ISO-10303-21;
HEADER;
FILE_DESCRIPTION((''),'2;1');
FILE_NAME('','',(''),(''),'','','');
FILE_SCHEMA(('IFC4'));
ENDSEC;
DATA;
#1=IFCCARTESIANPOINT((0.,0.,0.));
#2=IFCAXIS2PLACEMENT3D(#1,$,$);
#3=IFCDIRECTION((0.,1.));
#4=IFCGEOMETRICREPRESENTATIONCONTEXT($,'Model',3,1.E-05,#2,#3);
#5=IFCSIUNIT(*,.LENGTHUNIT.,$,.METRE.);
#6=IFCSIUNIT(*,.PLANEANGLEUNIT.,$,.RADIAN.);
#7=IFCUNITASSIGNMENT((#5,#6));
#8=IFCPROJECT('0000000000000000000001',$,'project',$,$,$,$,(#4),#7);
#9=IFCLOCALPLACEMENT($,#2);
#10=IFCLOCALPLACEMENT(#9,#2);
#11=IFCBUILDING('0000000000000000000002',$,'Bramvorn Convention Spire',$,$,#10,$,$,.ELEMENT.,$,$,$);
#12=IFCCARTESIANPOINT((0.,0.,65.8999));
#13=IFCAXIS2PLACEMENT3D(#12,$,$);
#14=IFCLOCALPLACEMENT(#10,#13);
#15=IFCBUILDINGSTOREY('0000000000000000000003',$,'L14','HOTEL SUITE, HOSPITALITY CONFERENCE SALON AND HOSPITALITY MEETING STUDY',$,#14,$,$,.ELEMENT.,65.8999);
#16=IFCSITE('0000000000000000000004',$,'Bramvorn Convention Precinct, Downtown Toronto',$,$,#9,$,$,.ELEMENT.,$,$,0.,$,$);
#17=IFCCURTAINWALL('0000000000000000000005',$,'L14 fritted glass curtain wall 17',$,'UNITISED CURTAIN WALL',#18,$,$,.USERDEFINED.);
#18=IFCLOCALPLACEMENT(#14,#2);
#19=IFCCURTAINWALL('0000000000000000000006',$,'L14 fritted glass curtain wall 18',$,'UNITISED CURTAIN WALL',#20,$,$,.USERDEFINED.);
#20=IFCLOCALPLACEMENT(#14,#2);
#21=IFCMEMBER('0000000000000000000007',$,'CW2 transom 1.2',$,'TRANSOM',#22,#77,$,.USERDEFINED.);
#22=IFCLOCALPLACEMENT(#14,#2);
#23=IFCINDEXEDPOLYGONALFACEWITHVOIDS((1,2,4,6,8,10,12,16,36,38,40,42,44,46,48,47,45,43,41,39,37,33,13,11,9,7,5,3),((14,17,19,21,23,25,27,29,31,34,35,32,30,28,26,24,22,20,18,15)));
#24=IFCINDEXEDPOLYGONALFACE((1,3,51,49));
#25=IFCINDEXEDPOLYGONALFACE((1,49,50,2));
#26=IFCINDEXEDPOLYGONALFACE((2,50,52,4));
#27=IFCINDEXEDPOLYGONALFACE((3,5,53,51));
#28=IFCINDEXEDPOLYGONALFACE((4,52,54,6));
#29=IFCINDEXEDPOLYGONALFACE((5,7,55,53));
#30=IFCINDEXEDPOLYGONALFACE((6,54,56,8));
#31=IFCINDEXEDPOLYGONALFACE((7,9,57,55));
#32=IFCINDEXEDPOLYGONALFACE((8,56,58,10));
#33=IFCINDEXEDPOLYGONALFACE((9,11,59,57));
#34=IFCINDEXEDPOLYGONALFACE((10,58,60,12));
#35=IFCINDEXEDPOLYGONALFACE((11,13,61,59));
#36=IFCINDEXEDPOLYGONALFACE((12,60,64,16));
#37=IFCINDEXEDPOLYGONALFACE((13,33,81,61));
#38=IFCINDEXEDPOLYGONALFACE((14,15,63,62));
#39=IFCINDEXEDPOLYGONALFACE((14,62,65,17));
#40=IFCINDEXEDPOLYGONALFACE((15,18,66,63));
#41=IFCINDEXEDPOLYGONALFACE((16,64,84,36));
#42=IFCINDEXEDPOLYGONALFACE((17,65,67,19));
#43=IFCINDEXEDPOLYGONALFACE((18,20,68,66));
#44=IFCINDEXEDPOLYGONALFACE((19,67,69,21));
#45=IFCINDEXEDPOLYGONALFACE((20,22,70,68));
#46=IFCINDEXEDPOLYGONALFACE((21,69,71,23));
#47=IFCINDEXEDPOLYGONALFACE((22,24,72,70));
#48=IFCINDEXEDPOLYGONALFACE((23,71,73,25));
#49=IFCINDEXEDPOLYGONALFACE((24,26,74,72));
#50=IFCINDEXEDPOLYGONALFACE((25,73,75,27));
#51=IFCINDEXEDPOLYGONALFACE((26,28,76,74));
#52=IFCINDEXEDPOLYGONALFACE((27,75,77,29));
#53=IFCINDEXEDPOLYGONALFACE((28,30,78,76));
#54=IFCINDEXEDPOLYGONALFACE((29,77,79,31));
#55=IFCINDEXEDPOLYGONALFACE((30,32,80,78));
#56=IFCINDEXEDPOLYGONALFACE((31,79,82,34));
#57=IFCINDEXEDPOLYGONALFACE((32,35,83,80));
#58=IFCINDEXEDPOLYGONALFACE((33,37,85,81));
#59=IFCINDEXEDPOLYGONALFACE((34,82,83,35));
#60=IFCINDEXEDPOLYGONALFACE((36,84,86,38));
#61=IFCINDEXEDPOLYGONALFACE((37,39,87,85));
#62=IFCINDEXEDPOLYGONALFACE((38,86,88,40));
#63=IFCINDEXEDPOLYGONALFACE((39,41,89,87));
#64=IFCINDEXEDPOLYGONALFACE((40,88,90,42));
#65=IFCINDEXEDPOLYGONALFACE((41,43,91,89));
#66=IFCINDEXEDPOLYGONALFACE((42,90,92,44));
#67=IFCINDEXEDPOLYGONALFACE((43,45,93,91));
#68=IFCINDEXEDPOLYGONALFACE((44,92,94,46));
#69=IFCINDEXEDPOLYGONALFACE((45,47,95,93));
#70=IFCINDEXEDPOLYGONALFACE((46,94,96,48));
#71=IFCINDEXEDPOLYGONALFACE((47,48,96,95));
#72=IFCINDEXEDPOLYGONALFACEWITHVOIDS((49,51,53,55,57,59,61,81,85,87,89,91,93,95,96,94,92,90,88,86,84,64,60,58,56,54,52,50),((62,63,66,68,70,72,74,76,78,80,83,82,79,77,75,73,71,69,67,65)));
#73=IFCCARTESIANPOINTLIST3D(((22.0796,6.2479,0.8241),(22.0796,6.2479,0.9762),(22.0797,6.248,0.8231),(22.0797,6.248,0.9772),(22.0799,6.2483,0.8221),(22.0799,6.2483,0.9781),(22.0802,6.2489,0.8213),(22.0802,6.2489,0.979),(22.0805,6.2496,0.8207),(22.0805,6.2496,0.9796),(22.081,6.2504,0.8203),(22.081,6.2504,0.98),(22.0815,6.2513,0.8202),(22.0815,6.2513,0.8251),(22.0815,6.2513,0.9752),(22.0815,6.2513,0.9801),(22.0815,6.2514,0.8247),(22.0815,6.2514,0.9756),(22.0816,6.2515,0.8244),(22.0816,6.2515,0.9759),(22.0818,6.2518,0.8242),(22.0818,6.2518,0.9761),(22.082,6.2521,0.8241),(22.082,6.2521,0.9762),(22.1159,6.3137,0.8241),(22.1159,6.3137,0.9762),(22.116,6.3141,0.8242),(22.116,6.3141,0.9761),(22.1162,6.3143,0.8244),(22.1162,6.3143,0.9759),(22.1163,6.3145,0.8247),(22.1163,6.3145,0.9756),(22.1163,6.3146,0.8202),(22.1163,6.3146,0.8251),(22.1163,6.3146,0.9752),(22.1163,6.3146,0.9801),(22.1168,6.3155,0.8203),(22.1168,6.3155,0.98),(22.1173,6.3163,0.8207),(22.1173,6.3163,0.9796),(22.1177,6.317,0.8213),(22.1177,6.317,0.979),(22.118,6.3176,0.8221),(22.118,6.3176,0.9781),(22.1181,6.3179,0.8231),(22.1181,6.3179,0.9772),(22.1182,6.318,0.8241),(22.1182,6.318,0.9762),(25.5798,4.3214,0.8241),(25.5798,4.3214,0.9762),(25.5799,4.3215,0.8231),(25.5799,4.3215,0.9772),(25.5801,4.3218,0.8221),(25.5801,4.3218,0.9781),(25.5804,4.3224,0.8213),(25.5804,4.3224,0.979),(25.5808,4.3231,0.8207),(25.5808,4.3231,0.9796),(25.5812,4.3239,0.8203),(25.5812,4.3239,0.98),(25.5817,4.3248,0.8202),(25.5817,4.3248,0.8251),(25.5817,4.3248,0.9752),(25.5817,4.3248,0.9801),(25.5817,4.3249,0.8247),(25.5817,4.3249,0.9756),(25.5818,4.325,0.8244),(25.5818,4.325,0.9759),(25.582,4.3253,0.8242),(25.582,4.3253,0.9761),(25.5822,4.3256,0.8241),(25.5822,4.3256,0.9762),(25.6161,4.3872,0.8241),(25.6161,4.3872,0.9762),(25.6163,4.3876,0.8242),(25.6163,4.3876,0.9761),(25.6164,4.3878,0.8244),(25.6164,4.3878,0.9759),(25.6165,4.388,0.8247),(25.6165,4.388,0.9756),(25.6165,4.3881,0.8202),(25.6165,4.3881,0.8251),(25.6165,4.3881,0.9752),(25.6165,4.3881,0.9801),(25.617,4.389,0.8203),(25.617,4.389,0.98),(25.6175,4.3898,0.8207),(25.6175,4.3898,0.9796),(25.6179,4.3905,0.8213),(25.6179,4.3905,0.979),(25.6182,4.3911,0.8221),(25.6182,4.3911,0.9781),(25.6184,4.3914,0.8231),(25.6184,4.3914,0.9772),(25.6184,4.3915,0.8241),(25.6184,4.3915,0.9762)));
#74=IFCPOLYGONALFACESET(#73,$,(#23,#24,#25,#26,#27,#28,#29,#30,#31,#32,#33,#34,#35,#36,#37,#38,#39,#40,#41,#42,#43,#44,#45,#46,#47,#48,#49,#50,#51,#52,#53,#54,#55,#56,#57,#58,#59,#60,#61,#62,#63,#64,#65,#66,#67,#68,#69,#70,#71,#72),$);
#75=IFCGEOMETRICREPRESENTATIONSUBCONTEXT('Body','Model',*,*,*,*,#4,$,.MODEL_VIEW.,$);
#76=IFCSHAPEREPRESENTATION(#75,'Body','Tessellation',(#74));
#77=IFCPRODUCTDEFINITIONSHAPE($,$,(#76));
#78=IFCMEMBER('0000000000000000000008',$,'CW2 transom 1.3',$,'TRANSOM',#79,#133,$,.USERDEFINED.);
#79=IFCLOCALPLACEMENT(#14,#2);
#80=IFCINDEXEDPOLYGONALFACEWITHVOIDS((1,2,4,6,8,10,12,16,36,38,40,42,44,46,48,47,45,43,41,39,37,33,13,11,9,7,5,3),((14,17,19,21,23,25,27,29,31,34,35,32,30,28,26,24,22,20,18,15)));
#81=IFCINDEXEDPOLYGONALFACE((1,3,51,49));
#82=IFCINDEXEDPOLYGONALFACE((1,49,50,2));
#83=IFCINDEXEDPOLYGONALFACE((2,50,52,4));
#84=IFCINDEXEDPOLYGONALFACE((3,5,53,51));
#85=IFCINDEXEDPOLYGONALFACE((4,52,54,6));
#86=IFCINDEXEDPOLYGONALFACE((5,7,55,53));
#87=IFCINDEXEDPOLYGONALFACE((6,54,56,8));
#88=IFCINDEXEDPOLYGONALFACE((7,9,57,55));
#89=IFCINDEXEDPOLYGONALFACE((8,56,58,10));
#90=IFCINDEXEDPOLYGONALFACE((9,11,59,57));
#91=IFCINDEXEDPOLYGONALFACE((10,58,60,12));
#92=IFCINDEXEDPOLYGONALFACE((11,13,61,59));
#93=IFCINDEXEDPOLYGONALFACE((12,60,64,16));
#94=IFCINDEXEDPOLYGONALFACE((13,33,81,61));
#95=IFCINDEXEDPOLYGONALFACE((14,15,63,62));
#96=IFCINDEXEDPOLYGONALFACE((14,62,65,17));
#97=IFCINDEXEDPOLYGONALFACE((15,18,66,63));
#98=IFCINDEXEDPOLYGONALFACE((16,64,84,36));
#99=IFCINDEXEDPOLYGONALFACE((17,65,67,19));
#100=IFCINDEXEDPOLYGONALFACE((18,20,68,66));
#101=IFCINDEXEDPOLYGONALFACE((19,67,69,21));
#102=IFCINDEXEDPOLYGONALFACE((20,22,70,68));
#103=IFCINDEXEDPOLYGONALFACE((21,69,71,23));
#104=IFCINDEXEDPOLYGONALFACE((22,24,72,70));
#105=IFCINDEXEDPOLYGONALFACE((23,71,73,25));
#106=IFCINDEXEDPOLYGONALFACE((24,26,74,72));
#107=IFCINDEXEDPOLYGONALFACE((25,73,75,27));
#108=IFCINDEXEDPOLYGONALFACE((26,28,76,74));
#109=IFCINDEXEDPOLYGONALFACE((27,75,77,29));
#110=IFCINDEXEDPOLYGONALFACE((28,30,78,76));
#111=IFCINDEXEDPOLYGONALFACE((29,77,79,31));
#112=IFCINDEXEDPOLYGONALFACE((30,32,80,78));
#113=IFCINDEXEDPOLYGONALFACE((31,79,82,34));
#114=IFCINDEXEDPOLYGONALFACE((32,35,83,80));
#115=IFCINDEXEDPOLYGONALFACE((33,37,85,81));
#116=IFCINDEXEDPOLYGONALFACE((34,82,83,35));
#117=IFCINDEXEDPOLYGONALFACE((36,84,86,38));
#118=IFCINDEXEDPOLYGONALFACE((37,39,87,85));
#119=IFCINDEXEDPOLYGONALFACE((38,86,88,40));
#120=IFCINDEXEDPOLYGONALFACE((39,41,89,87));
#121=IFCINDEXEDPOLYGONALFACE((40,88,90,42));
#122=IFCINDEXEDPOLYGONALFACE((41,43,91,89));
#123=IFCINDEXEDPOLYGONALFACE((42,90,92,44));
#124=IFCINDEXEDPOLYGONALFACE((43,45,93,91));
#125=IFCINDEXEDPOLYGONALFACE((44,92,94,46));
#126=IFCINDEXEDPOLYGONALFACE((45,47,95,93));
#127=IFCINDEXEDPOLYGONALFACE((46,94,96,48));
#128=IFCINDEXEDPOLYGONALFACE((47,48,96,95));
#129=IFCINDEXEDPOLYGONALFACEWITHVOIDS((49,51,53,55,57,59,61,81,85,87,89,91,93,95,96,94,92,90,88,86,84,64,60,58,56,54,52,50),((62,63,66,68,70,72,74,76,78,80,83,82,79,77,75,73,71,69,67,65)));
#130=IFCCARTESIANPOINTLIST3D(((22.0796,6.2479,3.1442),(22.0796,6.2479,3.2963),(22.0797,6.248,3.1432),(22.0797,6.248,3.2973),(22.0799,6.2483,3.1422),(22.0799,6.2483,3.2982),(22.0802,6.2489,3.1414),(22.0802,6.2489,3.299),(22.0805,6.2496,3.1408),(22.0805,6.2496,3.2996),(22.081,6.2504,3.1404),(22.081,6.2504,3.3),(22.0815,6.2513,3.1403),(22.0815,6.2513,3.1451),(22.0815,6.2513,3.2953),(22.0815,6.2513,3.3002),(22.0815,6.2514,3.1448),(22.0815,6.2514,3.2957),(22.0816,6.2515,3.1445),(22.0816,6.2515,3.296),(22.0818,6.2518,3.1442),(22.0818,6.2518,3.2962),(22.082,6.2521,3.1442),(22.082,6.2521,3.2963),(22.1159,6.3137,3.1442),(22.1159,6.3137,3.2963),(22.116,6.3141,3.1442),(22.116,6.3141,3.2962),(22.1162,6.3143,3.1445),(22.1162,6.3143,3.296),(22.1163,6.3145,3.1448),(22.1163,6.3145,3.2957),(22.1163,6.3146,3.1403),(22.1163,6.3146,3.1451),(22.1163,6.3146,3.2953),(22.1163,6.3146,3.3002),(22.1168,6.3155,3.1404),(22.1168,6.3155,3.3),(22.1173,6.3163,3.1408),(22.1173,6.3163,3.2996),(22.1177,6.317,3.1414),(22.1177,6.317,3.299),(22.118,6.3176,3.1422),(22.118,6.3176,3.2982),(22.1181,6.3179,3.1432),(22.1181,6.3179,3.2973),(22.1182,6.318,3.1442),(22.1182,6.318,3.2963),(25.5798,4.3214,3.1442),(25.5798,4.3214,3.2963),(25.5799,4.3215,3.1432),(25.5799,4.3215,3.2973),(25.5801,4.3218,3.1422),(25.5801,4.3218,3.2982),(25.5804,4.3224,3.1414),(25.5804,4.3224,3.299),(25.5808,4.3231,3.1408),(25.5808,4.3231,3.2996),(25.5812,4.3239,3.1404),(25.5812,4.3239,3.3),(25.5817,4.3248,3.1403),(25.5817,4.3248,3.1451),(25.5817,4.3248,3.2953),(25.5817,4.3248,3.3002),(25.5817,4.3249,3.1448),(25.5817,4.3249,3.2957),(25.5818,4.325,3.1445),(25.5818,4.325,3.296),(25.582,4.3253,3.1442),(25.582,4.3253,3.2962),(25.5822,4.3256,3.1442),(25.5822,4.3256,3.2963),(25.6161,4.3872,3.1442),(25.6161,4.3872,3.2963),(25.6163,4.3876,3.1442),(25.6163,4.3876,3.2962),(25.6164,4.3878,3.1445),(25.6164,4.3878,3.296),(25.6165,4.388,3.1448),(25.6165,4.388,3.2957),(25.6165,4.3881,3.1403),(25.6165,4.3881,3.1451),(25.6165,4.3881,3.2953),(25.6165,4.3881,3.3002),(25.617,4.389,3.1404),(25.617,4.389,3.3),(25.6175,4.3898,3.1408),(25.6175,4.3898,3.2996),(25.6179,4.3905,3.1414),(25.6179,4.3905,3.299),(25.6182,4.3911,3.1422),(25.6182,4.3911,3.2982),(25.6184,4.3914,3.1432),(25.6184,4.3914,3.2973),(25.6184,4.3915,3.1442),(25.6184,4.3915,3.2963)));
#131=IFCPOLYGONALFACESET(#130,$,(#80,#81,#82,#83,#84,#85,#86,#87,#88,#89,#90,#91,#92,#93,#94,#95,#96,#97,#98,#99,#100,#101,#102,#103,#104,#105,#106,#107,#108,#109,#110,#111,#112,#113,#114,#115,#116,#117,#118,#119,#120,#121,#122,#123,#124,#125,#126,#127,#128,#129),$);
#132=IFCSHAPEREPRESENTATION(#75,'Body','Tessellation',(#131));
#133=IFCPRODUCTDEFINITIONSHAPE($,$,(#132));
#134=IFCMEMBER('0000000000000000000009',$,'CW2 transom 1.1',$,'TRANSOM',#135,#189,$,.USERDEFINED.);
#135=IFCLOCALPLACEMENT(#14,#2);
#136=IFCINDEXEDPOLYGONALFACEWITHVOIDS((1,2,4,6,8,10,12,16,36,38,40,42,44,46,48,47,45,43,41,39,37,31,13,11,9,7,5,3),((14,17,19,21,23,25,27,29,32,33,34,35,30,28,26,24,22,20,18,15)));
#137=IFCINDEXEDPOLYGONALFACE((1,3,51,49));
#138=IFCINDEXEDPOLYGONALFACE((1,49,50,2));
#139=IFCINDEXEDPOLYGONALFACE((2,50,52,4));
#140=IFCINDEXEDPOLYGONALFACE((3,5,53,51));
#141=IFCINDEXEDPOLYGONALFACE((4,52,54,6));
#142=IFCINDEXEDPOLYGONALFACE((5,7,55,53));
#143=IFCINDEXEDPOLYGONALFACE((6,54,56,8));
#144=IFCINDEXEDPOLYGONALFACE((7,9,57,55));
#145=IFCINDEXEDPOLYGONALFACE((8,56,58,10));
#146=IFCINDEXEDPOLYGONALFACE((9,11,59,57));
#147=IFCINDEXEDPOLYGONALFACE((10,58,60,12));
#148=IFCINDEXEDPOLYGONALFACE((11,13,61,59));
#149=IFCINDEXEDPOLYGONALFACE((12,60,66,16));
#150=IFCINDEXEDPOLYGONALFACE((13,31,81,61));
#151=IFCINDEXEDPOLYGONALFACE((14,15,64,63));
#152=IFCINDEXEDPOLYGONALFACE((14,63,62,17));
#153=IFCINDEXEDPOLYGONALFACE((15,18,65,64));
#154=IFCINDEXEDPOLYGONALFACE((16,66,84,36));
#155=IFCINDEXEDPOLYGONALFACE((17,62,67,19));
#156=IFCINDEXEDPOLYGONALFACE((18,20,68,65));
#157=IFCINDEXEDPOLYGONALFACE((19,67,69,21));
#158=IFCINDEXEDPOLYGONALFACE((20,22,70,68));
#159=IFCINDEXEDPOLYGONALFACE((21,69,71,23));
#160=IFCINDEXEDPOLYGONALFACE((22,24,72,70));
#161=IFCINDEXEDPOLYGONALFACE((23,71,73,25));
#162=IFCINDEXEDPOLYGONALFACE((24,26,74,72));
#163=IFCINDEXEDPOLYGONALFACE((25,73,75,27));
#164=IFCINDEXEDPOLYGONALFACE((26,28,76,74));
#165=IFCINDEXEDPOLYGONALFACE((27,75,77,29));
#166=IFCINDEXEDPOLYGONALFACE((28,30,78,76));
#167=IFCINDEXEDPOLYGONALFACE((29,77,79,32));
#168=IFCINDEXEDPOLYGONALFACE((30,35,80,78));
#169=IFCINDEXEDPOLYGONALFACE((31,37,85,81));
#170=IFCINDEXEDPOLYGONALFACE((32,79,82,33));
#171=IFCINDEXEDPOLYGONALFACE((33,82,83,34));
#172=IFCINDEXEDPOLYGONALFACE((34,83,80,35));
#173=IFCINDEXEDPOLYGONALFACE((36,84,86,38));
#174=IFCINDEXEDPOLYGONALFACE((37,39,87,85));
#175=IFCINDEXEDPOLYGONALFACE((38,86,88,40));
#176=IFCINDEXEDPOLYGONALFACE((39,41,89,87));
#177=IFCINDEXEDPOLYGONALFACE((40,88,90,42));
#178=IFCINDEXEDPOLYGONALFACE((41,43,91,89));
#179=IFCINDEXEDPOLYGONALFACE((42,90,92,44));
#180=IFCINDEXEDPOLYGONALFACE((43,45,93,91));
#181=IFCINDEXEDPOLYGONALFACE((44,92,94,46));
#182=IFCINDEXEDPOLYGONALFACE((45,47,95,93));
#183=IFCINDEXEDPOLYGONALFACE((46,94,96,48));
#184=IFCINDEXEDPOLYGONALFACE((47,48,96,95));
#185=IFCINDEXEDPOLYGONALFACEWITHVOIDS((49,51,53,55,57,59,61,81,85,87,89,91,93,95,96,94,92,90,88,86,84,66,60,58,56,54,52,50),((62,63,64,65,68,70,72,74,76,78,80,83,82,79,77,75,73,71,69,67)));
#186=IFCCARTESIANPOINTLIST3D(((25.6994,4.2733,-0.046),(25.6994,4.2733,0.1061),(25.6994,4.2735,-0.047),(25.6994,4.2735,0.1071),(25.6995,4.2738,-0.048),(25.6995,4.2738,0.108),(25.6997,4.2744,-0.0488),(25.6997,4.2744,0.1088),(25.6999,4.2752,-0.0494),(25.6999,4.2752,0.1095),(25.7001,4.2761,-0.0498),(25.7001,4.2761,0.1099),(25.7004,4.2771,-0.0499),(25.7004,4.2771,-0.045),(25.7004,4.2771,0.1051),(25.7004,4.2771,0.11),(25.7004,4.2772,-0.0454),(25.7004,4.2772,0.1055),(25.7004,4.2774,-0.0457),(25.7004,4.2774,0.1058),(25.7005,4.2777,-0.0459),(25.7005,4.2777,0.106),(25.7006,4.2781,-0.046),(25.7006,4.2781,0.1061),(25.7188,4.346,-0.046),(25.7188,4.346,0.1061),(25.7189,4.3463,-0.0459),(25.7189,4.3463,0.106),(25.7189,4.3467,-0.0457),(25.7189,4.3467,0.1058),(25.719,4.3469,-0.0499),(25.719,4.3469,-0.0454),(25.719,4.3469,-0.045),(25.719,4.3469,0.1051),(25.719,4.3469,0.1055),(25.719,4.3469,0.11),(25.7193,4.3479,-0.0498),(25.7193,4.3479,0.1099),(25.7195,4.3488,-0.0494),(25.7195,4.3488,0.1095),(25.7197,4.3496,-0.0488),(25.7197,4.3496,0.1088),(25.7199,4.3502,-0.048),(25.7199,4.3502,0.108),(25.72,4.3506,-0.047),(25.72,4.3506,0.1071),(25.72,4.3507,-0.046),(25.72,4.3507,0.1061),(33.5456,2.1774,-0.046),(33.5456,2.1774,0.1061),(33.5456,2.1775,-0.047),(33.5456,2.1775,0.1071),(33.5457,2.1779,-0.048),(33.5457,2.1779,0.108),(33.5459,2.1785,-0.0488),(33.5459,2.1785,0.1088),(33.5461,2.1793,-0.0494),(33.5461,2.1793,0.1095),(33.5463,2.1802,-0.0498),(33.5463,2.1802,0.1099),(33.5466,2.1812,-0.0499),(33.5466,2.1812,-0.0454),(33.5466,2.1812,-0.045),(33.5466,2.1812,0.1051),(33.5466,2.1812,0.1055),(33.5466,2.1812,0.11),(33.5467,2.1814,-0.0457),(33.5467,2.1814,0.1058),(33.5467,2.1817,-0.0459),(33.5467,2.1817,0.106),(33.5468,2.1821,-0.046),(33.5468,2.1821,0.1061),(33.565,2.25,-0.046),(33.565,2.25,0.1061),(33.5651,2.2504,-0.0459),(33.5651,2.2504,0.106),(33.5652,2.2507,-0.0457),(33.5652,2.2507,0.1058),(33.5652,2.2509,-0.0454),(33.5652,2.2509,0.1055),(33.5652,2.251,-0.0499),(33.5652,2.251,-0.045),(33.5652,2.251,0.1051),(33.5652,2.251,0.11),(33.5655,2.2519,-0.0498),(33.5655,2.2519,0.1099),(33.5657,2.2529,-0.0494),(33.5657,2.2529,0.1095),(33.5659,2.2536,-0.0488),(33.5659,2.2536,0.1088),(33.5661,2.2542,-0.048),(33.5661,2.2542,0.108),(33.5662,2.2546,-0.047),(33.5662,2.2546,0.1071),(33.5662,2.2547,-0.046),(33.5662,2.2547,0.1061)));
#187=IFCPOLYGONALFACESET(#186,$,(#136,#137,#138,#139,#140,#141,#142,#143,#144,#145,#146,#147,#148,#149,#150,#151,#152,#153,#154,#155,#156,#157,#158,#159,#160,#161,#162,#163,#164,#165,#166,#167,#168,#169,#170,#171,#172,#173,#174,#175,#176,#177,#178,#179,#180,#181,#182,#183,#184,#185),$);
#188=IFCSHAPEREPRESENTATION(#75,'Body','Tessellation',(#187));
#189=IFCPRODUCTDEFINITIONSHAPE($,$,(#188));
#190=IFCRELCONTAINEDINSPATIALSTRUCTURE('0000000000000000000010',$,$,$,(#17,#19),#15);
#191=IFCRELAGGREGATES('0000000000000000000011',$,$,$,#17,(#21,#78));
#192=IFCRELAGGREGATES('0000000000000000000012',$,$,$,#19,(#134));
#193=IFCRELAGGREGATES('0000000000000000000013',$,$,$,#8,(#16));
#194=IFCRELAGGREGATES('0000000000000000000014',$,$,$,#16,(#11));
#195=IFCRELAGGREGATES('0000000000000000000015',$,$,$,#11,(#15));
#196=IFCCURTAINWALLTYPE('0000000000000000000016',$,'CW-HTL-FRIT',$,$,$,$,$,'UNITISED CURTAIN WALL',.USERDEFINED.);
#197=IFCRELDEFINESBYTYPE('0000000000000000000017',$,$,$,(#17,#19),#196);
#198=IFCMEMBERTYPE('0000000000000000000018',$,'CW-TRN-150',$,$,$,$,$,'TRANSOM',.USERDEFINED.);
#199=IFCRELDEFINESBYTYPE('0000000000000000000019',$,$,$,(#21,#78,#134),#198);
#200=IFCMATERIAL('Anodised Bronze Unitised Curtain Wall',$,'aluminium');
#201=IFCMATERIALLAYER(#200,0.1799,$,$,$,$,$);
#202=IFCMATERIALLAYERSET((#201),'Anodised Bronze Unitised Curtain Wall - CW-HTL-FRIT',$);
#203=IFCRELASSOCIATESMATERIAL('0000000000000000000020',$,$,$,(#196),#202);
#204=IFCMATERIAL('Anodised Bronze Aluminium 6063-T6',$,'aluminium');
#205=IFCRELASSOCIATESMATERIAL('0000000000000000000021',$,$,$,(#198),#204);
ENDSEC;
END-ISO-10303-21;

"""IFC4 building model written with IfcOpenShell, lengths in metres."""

from ifc_helpers import new_model, si_unit, direction, frame, origin, origin_2d, place, context, subcontext, project, spatial, hollow_rectangle, extrude, material, layer, layer_set, material_profile, profile_set, type_object, element, aggregate, save


model = new_model("IFC4")

# Units and contexts
model_context = context("Model", 3, precision=1e-05, world=origin(), true_north=direction((0.0, 1.0)))
body_context = subcontext(model_context, "Body", "Model", "MODEL_VIEW")
ifc_project = project(units=[si_unit("LENGTHUNIT", "METRE"), si_unit("PLANEANGLEUNIT", "RADIAN")], contexts=[model_context])

# Site, building, storey
site_placement = place(None, origin())
site = spatial("IfcSite", under=ifc_project, at=site_placement, Name="Bramvorn Convention Precinct, Downtown Toronto", CompositionType="ELEMENT", RefElevation=0.0)
building_placement = place(site_placement, origin())
building = spatial("IfcBuilding", under=site, at=building_placement, Name="Bramvorn Convention Spire", CompositionType="ELEMENT")
storey_placement = place(building_placement, frame((0.0, 0.0, 65.8999)))
storey = spatial("IfcBuildingStorey", under=building, at=storey_placement, Name="L14", Description="HOTEL SUITE, HOSPITALITY CONFERENCE SALON AND HOSPITALITY MEETING STUDY", CompositionType="ELEMENT", Elevation=65.8999)

# Curtain wall
ifc_material_1 = material(Name="Anodised Bronze Unitised Curtain Wall", Category="aluminium")
ifc_layer_1 = layer(ifc_material_1, 0.1799)
ifc_layer_set_1 = layer_set([ifc_layer_1], Name="Anodised Bronze Unitised Curtain Wall - CW-HTL-FRIT")
curtain_wall_type = type_object("IfcCurtainWallType", Name="CW-HTL-FRIT", ElementType="UNITISED CURTAIN WALL", PredefinedType="USERDEFINED", material=ifc_layer_set_1)
curtain_wall_1_placement = place(storey_placement, origin())
curtain_wall_1 = element("IfcCurtainWall", 1, at=curtain_wall_1_placement, inside=storey, type_object=curtain_wall_type, Name="L14 fritted glass curtain wall 17", ObjectType="UNITISED CURTAIN WALL", PredefinedType="USERDEFINED")
ifc_material_2 = material(Name="Anodised Bronze Aluminium 6063-T6", Category="aluminium")

# Curtain wall
curtain_wall_2_placement = place(storey_placement, origin())
curtain_wall_2 = element("IfcCurtainWall", 2, at=curtain_wall_2_placement, inside=storey, type_object=curtain_wall_type, Name="L14 fritted glass curtain wall 18", ObjectType="UNITISED CURTAIN WALL", PredefinedType="USERDEFINED")

# Members
ifc_material_profile_1 = material_profile(ifc_material_2, hollow_rectangle(XDim=0.0801, YDim=0.1599, WallThickness=0.0039, InnerFilletRadius=0.001, OuterFilletRadius=0.0039, at=origin_2d()))
ifc_profile_set_1 = profile_set([ifc_material_profile_1], Name="Anodised Bronze Aluminium 6063-T6 - CWT80X160")
member_type_1 = type_object("IfcMemberType", Name="CW-TRN-150", ElementType="TRANSOM", PredefinedType="USERDEFINED", material=ifc_profile_set_1)
member_1_placement = place(storey_placement, frame((25.5991, 4.3564, 0.9001), z_axis=(-0.87607, 0.482184, 0.0), x_axis=(-0.482184, -0.87607, 0.0)))
member_1 = element("IfcMember", 3, at=member_1_placement, type_object=member_type_1, Name="CW2 transom 1.2", ObjectType="TRANSOM", PredefinedType="USERDEFINED", context=body_context, shape_type="SweptSolid", body=[
    extrude(hollow_rectangle(XDim=0.0801, YDim=0.1599, WallThickness=0.0039, InnerFilletRadius=0.001, OuterFilletRadius=0.0039, at=origin_2d()), origin(), (0.0, 0.0, 1.0), 3.9954),
])
member_2_placement = place(storey_placement, frame((25.5991, 4.3564, 3.2202), z_axis=(-0.87607, 0.482184, 0.0), x_axis=(-0.482184, -0.87607, 0.0)))
member_2 = element("IfcMember", 4, at=member_2_placement, type_object=member_type_1, Name="CW2 transom 1.3", ObjectType="TRANSOM", PredefinedType="USERDEFINED", context=body_context, shape_type="SweptSolid", body=[
    extrude(hollow_rectangle(XDim=0.0801, YDim=0.1599, WallThickness=0.0039, InnerFilletRadius=0.001, OuterFilletRadius=0.0039, at=origin_2d()), origin(), (0.0, 0.0, 1.0), 3.9954),
])
aggregate(curtain_wall_1, [member_1, member_2])
member_3_placement = place(storey_placement, frame((33.5559, 2.2161, 0.03), z_axis=(-0.966124, 0.25808, 0.0), x_axis=(-0.25808, -0.966124, 0.0)))
member_3 = element("IfcMember", 5, at=member_3_placement, type_object=member_type_1, Name="CW2 transom 1.1", ObjectType="TRANSOM", PredefinedType="USERDEFINED", context=body_context, shape_type="SweptSolid", body=[
    extrude(hollow_rectangle(XDim=0.0801, YDim=0.1599, WallThickness=0.0039, InnerFilletRadius=0.001, OuterFilletRadius=0.0039, at=origin_2d()), origin(), (0.0, 0.0, 1.0), 8.1213),
])

aggregate(curtain_wall_2, [member_3])

save(model, "model.ifc")
